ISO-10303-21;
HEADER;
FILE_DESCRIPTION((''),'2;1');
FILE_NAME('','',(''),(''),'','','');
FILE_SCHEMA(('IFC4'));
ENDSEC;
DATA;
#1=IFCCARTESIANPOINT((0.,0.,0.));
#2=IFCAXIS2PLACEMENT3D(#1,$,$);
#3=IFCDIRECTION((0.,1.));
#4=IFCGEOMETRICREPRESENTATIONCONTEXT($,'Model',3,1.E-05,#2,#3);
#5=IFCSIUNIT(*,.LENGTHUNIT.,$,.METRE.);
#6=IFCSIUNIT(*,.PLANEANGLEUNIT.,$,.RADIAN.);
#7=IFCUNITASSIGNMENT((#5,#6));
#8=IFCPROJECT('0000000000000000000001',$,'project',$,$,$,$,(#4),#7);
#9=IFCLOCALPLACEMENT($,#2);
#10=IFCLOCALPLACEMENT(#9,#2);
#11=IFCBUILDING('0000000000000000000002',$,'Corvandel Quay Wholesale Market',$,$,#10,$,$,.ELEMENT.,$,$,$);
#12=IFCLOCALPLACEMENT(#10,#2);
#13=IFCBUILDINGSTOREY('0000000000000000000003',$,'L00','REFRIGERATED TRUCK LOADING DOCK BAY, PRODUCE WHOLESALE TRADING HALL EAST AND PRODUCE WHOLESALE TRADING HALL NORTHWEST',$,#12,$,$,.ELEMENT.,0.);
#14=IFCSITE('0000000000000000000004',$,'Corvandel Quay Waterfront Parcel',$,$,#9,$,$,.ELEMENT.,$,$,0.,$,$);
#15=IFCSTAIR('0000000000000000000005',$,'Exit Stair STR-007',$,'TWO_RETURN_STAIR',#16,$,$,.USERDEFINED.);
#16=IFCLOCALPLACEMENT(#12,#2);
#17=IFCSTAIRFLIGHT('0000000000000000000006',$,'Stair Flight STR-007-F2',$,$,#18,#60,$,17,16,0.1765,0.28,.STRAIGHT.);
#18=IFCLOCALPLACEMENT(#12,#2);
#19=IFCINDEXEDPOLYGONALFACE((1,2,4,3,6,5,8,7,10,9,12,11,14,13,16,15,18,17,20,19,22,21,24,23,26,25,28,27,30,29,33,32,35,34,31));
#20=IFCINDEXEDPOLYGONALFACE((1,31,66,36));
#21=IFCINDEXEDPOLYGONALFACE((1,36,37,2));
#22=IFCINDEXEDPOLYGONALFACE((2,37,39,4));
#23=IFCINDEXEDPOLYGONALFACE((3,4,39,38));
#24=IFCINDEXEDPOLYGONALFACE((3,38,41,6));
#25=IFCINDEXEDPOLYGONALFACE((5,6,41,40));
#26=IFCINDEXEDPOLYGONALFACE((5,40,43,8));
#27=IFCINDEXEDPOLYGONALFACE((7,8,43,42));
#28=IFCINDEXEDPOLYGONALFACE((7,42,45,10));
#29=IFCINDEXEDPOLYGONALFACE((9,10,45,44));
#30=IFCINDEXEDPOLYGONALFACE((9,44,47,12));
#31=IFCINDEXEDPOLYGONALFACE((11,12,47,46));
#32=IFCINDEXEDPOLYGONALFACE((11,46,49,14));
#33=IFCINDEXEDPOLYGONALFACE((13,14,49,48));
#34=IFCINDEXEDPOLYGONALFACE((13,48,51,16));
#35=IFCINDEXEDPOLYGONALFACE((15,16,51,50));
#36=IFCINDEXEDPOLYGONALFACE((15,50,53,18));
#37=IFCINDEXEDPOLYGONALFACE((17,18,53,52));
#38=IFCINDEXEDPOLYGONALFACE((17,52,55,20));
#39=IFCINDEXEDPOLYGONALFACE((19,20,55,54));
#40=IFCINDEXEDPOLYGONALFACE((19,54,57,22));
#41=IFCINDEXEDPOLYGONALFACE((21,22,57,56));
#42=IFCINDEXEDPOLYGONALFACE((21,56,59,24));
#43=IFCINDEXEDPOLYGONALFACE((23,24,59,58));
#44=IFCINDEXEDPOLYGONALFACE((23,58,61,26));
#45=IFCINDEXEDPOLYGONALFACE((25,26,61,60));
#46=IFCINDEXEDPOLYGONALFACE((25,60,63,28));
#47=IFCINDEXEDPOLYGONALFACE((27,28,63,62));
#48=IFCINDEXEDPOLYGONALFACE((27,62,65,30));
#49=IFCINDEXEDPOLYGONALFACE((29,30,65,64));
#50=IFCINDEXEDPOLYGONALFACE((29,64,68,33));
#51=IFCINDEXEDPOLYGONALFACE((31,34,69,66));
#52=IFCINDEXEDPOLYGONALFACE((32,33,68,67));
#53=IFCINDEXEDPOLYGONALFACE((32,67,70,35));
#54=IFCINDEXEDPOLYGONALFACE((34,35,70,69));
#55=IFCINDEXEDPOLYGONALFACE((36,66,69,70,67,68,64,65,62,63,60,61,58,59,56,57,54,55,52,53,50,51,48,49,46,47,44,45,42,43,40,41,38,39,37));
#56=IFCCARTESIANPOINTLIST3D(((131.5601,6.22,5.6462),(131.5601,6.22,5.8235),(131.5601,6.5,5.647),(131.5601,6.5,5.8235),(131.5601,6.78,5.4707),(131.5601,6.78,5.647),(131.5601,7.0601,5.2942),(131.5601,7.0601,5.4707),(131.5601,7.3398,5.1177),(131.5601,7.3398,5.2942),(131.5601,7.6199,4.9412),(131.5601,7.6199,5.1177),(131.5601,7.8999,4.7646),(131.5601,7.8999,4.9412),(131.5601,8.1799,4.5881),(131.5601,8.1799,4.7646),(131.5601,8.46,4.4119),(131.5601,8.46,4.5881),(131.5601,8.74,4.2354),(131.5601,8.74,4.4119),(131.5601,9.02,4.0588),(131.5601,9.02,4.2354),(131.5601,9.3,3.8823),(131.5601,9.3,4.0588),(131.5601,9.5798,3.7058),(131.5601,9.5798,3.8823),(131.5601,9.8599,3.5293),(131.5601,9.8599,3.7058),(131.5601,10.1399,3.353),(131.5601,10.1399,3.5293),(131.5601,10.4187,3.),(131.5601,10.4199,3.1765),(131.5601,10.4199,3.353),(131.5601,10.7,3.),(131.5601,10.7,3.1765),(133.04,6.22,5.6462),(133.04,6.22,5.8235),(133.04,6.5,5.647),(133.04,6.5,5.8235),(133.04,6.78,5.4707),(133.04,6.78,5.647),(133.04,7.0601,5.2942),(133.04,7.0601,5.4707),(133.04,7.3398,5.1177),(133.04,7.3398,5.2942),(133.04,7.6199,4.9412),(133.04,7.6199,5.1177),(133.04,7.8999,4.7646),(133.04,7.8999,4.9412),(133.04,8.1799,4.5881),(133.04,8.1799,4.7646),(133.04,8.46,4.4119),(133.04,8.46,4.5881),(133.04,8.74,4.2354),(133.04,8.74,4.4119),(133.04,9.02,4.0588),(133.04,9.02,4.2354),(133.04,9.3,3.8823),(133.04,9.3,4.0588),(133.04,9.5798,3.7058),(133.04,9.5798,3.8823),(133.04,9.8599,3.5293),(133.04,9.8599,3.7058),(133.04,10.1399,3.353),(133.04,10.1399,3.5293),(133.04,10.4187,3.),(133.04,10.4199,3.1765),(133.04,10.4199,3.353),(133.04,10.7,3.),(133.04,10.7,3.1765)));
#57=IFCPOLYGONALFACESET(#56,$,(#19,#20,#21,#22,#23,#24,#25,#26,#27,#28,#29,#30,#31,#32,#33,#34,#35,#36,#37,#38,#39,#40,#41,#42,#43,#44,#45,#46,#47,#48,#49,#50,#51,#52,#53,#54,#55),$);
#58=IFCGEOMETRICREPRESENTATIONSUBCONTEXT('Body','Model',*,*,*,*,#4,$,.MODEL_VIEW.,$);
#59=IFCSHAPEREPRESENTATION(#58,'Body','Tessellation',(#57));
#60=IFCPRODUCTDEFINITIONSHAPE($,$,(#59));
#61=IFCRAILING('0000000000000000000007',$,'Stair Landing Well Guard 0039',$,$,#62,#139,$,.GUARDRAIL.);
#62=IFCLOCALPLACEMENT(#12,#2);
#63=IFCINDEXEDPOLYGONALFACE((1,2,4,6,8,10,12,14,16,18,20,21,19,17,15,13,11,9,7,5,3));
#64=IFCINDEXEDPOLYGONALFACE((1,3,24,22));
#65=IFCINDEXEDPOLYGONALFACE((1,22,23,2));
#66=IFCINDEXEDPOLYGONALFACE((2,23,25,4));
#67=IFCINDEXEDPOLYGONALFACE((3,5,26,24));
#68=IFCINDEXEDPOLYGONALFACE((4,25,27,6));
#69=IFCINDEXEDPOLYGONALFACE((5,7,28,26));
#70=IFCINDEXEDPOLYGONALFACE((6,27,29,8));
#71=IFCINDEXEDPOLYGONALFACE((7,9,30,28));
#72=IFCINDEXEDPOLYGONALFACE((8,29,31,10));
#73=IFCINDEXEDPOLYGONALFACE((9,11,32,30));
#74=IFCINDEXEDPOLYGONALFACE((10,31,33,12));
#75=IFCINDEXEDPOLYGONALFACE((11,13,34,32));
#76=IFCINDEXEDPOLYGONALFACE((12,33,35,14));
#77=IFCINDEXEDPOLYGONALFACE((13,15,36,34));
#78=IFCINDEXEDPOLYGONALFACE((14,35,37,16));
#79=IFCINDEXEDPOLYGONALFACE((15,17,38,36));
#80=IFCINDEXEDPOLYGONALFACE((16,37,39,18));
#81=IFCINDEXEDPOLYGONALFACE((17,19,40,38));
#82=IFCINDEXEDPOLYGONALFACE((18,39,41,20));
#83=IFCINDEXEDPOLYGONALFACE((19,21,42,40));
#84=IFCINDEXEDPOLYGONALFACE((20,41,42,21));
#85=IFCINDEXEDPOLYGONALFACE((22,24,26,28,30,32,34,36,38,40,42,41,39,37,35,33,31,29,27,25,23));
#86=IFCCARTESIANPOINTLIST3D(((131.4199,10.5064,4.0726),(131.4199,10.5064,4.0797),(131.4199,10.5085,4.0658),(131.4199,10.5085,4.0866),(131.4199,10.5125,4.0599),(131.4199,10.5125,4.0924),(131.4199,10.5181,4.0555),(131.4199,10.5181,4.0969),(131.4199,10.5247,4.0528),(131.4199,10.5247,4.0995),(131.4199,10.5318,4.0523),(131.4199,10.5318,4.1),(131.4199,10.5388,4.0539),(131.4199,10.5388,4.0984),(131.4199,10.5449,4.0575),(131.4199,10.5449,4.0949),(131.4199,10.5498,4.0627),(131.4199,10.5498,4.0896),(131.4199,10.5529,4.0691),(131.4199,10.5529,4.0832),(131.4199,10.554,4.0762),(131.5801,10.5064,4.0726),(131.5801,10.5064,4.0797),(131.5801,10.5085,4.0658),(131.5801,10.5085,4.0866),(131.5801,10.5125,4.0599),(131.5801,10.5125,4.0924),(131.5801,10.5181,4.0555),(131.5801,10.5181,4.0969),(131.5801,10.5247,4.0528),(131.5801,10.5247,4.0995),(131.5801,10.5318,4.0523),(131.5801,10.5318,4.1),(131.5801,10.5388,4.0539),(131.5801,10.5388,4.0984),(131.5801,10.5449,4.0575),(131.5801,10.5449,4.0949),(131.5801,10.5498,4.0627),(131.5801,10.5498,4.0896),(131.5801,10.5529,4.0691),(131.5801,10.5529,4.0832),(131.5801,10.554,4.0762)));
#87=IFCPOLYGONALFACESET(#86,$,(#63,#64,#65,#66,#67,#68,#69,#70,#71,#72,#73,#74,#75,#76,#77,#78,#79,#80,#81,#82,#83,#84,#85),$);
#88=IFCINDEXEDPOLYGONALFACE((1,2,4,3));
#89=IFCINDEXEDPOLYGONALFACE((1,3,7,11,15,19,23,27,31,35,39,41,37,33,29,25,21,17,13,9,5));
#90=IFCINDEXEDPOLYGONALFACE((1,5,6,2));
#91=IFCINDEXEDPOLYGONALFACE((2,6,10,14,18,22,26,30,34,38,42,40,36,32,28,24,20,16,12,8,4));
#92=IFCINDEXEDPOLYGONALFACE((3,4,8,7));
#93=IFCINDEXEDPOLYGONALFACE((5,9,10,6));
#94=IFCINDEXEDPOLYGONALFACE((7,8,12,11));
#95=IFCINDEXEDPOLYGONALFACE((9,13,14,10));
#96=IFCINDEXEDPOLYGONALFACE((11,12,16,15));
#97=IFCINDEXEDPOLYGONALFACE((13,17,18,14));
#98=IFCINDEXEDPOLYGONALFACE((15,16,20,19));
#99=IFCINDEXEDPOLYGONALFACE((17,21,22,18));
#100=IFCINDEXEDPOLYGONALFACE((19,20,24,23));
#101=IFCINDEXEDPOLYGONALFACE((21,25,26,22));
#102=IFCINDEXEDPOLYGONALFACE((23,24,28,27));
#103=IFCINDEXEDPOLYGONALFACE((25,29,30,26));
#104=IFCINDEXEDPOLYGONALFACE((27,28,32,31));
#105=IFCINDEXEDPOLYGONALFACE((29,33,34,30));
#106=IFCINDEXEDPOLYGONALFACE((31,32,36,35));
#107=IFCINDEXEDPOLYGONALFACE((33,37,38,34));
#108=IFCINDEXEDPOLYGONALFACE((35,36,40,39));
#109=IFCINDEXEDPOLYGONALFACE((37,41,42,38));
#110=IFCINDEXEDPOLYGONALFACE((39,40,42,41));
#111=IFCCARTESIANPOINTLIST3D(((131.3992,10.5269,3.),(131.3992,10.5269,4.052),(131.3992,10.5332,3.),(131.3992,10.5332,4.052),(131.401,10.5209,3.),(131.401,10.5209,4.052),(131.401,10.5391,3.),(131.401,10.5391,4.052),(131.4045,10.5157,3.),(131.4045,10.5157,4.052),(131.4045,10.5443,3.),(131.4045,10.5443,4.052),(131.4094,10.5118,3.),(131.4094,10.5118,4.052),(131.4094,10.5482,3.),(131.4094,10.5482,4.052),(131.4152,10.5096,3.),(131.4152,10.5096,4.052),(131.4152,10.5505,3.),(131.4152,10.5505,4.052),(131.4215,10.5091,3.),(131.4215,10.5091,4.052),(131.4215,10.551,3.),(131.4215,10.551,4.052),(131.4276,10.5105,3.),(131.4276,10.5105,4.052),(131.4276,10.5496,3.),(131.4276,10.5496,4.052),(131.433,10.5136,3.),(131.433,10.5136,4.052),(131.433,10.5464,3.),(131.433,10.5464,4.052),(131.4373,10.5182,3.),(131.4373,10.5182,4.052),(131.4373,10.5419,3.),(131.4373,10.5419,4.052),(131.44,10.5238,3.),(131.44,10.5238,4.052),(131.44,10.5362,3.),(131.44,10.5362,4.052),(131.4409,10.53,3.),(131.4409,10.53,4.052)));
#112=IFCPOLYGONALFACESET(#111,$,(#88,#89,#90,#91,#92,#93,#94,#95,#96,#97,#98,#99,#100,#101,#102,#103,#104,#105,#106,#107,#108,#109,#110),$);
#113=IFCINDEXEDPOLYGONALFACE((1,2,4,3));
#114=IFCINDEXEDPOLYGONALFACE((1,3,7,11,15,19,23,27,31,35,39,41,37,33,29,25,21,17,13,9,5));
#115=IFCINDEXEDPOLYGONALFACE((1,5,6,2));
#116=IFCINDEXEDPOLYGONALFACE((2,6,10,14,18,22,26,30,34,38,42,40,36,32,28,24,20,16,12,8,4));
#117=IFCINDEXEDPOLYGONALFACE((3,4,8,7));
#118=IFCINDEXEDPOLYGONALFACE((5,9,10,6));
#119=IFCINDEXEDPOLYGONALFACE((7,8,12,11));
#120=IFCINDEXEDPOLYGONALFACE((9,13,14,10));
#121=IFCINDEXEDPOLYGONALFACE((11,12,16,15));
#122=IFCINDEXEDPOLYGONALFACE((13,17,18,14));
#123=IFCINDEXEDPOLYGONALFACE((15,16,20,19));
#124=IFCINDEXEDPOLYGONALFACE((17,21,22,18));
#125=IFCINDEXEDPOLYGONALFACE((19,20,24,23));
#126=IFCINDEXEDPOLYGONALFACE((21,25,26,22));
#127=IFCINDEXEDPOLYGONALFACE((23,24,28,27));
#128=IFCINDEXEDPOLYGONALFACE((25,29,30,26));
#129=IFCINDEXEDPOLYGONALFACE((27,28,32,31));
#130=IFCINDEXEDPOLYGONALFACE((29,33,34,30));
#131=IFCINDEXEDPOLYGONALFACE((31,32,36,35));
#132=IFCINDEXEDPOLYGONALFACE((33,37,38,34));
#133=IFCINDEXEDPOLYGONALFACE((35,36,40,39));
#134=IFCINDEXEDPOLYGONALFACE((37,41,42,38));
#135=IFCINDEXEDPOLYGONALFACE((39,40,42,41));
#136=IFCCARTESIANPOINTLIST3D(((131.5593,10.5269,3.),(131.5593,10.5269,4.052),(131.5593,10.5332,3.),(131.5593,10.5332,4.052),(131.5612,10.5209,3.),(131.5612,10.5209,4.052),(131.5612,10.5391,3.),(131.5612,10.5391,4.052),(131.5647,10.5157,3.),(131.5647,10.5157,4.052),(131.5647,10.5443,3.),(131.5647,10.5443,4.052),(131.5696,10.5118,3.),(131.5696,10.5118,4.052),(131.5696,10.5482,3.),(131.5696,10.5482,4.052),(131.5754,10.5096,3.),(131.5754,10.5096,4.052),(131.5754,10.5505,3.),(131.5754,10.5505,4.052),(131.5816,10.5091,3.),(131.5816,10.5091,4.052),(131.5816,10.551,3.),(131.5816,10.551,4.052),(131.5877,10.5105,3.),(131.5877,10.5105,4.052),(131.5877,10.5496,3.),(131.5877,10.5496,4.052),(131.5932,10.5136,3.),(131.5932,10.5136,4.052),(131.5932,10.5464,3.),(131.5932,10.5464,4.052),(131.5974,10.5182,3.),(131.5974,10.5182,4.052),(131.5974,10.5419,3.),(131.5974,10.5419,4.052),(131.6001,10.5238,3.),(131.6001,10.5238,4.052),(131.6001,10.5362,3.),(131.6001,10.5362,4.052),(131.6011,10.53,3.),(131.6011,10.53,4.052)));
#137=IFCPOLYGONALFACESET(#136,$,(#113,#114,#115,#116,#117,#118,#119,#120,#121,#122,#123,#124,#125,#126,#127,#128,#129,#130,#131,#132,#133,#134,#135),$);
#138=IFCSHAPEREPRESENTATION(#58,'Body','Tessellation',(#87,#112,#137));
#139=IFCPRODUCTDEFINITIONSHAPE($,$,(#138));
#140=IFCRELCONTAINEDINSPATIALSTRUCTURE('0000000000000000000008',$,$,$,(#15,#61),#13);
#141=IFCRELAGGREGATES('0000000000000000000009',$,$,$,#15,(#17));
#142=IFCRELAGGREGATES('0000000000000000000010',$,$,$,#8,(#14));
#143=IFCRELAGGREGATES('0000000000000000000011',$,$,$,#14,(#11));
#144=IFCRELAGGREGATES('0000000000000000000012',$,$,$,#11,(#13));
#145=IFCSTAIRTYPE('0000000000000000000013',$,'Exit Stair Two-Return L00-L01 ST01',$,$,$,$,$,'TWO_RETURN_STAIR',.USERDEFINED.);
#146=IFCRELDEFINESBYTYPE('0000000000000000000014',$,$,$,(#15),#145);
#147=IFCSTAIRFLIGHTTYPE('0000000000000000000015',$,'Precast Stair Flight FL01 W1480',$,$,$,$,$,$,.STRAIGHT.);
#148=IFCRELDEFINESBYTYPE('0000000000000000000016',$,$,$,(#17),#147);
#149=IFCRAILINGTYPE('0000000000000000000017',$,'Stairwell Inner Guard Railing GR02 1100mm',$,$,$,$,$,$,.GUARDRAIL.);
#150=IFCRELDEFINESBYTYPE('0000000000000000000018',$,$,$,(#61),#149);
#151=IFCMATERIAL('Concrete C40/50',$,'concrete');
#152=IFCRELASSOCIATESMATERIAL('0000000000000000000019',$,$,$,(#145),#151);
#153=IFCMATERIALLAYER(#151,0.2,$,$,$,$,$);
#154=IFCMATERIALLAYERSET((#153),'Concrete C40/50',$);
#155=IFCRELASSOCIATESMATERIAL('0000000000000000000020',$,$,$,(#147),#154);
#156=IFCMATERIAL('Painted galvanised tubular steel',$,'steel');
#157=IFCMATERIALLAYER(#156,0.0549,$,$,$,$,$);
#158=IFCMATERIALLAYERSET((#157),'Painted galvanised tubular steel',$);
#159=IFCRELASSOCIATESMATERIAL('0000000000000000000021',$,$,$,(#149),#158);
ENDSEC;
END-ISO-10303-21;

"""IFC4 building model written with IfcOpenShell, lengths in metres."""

from ifc_helpers import new_model, si_unit, direction, frame, origin, origin_2d, place, context, subcontext, project, spatial, polyline, circle, outline, extrude, material, layer, layer_set, type_object, element, aggregate, save


model = new_model("IFC4")

# Units and contexts
model_context = context("Model", 3, precision=1e-05, world=origin(), true_north=direction((0.0, 1.0)))
body_context = subcontext(model_context, "Body", "Model", "MODEL_VIEW")
ifc_project = project(units=[si_unit("LENGTHUNIT", "METRE"), si_unit("PLANEANGLEUNIT", "RADIAN")], contexts=[model_context])

# Site, building, storey
site_placement = place(None, origin())
site = spatial("IfcSite", under=ifc_project, at=site_placement, Name="Corvandel Quay Waterfront Parcel", CompositionType="ELEMENT", RefElevation=0.0)
building_placement = place(site_placement, origin())
building = spatial("IfcBuilding", under=site, at=building_placement, Name="Corvandel Quay Wholesale Market", CompositionType="ELEMENT")
storey_placement = place(building_placement, origin())
storey = spatial("IfcBuildingStorey", under=building, at=storey_placement, Name="L00", Description="REFRIGERATED TRUCK LOADING DOCK BAY, PRODUCE WHOLESALE TRADING HALL EAST AND PRODUCE WHOLESALE TRADING HALL NORTHWEST", CompositionType="ELEMENT", Elevation=0.0)

# Shared definitions
ifc_material_1 = material(Name="Concrete C40/50", Category="concrete")

# Stair, stair flight
stair_type = type_object("IfcStairType", Name="Exit Stair Two-Return L00-L01 ST01", ElementType="TWO_RETURN_STAIR", PredefinedType="USERDEFINED", material=ifc_material_1)
stair_placement = place(storey_placement, origin())
stair = element("IfcStair", 1, at=stair_placement, inside=storey, type_object=stair_type, Name="Exit Stair STR-007", ObjectType="TWO_RETURN_STAIR", PredefinedType="USERDEFINED")
ifc_layer_1 = layer(ifc_material_1, 0.2)
ifc_layer_set_1 = layer_set([ifc_layer_1], Name="Concrete C40/50")
stair_flight_type = type_object("IfcStairFlightType", Name="Precast Stair Flight FL01 W1480", PredefinedType="STRAIGHT", material=ifc_layer_set_1)
stair_flight_1_placement = place(storey_placement, frame((132.3, 10.7, 3.0), z_axis=(0.0, 0.0, 1.0), x_axis=(0.0, -1.0, 0.0)))
stair_flight_1 = element("IfcStairFlight", 2, at=stair_flight_1_placement, type_object=stair_flight_type, Name="Stair Flight STR-007-F2", NumberOfRisers=17, NumberOfTreads=16, PredefinedType="STRAIGHT", RiserHeight=0.1765, TreadLength=0.28, context=body_context, shape_type="SweptSolid", body=[
    extrude(outline(polyline([(0.0, 0.0), (0.0, 0.1765), (0.28, 0.1765), (0.28, 0.353), (0.5601, 0.353), (0.5601, 0.5293), (0.8401, 0.5293), (0.8401, 0.7058), (1.1201, 0.7058), (1.1201, 0.8823), (1.3999, 0.8823), (1.3999, 1.0588), (1.6799, 1.0588), (1.6799, 1.2354), (1.96, 1.2354), (1.96, 1.4119), (2.24, 1.4119), (2.24, 1.5881), (2.52, 1.5881), (2.52, 1.7646), (2.8, 1.7646), (2.8, 1.9412), (3.0801, 1.9412), (3.0801, 2.1177), (3.3601, 2.1177), (3.3601, 2.2942), (3.6399, 2.2942), (3.6399, 2.4707), (3.9199, 2.4707), (3.9199, 2.647), (4.2, 2.647), (4.2, 2.8235), (4.48, 2.8235), (4.48, 3.0), (4.48, 2.6462), (0.2812, 0.0), (0.0, 0.0)])), frame((0.0, 0.74, 0.0), z_axis=(0.0, -1.0, 0.0), x_axis=(1.0, 0.0, 0.0)), (0.0, 0.0, 1.0), 1.48),
])
aggregate(stair, [stair_flight_1])

# Railing
ifc_material_2 = material(Name="Painted galvanised tubular steel", Category="steel")
ifc_layer_2 = layer(ifc_material_2, 0.0549)
ifc_layer_set_2 = layer_set([ifc_layer_2], Name="Painted galvanised tubular steel")
railing_type_1 = type_object("IfcRailingType", Name="Stairwell Inner Guard Railing GR02 1100mm", PredefinedType="GUARDRAIL", material=ifc_layer_set_2)
railing_1_placement = place(storey_placement, frame((131.4199, 10.53, 3.0)))
element("IfcRailing", 3, at=railing_1_placement, inside=storey, type_object=railing_type_1, Name="Stair Landing Well Guard 0039", PredefinedType="GUARDRAIL", context=body_context, shape_type="SweptSolid", body=[
    extrude(circle(Radius=0.0239, at=origin_2d()), frame((0.0, 0.0, 1.0762), z_axis=(1.0, 0.0, 0.0), x_axis=(0.0, 1.0, 0.0)), (0.0, 0.0, 1.0), 0.1602),
    extrude(circle(Radius=0.021, at=origin_2d()), origin(), (0.0, 0.0, 1.0), 1.052),
    extrude(circle(Radius=0.021, at=origin_2d()), frame((0.1602, 0.0, 0.0)), (0.0, 0.0, 1.0), 1.052),
])

save(model, "model.ifc")
